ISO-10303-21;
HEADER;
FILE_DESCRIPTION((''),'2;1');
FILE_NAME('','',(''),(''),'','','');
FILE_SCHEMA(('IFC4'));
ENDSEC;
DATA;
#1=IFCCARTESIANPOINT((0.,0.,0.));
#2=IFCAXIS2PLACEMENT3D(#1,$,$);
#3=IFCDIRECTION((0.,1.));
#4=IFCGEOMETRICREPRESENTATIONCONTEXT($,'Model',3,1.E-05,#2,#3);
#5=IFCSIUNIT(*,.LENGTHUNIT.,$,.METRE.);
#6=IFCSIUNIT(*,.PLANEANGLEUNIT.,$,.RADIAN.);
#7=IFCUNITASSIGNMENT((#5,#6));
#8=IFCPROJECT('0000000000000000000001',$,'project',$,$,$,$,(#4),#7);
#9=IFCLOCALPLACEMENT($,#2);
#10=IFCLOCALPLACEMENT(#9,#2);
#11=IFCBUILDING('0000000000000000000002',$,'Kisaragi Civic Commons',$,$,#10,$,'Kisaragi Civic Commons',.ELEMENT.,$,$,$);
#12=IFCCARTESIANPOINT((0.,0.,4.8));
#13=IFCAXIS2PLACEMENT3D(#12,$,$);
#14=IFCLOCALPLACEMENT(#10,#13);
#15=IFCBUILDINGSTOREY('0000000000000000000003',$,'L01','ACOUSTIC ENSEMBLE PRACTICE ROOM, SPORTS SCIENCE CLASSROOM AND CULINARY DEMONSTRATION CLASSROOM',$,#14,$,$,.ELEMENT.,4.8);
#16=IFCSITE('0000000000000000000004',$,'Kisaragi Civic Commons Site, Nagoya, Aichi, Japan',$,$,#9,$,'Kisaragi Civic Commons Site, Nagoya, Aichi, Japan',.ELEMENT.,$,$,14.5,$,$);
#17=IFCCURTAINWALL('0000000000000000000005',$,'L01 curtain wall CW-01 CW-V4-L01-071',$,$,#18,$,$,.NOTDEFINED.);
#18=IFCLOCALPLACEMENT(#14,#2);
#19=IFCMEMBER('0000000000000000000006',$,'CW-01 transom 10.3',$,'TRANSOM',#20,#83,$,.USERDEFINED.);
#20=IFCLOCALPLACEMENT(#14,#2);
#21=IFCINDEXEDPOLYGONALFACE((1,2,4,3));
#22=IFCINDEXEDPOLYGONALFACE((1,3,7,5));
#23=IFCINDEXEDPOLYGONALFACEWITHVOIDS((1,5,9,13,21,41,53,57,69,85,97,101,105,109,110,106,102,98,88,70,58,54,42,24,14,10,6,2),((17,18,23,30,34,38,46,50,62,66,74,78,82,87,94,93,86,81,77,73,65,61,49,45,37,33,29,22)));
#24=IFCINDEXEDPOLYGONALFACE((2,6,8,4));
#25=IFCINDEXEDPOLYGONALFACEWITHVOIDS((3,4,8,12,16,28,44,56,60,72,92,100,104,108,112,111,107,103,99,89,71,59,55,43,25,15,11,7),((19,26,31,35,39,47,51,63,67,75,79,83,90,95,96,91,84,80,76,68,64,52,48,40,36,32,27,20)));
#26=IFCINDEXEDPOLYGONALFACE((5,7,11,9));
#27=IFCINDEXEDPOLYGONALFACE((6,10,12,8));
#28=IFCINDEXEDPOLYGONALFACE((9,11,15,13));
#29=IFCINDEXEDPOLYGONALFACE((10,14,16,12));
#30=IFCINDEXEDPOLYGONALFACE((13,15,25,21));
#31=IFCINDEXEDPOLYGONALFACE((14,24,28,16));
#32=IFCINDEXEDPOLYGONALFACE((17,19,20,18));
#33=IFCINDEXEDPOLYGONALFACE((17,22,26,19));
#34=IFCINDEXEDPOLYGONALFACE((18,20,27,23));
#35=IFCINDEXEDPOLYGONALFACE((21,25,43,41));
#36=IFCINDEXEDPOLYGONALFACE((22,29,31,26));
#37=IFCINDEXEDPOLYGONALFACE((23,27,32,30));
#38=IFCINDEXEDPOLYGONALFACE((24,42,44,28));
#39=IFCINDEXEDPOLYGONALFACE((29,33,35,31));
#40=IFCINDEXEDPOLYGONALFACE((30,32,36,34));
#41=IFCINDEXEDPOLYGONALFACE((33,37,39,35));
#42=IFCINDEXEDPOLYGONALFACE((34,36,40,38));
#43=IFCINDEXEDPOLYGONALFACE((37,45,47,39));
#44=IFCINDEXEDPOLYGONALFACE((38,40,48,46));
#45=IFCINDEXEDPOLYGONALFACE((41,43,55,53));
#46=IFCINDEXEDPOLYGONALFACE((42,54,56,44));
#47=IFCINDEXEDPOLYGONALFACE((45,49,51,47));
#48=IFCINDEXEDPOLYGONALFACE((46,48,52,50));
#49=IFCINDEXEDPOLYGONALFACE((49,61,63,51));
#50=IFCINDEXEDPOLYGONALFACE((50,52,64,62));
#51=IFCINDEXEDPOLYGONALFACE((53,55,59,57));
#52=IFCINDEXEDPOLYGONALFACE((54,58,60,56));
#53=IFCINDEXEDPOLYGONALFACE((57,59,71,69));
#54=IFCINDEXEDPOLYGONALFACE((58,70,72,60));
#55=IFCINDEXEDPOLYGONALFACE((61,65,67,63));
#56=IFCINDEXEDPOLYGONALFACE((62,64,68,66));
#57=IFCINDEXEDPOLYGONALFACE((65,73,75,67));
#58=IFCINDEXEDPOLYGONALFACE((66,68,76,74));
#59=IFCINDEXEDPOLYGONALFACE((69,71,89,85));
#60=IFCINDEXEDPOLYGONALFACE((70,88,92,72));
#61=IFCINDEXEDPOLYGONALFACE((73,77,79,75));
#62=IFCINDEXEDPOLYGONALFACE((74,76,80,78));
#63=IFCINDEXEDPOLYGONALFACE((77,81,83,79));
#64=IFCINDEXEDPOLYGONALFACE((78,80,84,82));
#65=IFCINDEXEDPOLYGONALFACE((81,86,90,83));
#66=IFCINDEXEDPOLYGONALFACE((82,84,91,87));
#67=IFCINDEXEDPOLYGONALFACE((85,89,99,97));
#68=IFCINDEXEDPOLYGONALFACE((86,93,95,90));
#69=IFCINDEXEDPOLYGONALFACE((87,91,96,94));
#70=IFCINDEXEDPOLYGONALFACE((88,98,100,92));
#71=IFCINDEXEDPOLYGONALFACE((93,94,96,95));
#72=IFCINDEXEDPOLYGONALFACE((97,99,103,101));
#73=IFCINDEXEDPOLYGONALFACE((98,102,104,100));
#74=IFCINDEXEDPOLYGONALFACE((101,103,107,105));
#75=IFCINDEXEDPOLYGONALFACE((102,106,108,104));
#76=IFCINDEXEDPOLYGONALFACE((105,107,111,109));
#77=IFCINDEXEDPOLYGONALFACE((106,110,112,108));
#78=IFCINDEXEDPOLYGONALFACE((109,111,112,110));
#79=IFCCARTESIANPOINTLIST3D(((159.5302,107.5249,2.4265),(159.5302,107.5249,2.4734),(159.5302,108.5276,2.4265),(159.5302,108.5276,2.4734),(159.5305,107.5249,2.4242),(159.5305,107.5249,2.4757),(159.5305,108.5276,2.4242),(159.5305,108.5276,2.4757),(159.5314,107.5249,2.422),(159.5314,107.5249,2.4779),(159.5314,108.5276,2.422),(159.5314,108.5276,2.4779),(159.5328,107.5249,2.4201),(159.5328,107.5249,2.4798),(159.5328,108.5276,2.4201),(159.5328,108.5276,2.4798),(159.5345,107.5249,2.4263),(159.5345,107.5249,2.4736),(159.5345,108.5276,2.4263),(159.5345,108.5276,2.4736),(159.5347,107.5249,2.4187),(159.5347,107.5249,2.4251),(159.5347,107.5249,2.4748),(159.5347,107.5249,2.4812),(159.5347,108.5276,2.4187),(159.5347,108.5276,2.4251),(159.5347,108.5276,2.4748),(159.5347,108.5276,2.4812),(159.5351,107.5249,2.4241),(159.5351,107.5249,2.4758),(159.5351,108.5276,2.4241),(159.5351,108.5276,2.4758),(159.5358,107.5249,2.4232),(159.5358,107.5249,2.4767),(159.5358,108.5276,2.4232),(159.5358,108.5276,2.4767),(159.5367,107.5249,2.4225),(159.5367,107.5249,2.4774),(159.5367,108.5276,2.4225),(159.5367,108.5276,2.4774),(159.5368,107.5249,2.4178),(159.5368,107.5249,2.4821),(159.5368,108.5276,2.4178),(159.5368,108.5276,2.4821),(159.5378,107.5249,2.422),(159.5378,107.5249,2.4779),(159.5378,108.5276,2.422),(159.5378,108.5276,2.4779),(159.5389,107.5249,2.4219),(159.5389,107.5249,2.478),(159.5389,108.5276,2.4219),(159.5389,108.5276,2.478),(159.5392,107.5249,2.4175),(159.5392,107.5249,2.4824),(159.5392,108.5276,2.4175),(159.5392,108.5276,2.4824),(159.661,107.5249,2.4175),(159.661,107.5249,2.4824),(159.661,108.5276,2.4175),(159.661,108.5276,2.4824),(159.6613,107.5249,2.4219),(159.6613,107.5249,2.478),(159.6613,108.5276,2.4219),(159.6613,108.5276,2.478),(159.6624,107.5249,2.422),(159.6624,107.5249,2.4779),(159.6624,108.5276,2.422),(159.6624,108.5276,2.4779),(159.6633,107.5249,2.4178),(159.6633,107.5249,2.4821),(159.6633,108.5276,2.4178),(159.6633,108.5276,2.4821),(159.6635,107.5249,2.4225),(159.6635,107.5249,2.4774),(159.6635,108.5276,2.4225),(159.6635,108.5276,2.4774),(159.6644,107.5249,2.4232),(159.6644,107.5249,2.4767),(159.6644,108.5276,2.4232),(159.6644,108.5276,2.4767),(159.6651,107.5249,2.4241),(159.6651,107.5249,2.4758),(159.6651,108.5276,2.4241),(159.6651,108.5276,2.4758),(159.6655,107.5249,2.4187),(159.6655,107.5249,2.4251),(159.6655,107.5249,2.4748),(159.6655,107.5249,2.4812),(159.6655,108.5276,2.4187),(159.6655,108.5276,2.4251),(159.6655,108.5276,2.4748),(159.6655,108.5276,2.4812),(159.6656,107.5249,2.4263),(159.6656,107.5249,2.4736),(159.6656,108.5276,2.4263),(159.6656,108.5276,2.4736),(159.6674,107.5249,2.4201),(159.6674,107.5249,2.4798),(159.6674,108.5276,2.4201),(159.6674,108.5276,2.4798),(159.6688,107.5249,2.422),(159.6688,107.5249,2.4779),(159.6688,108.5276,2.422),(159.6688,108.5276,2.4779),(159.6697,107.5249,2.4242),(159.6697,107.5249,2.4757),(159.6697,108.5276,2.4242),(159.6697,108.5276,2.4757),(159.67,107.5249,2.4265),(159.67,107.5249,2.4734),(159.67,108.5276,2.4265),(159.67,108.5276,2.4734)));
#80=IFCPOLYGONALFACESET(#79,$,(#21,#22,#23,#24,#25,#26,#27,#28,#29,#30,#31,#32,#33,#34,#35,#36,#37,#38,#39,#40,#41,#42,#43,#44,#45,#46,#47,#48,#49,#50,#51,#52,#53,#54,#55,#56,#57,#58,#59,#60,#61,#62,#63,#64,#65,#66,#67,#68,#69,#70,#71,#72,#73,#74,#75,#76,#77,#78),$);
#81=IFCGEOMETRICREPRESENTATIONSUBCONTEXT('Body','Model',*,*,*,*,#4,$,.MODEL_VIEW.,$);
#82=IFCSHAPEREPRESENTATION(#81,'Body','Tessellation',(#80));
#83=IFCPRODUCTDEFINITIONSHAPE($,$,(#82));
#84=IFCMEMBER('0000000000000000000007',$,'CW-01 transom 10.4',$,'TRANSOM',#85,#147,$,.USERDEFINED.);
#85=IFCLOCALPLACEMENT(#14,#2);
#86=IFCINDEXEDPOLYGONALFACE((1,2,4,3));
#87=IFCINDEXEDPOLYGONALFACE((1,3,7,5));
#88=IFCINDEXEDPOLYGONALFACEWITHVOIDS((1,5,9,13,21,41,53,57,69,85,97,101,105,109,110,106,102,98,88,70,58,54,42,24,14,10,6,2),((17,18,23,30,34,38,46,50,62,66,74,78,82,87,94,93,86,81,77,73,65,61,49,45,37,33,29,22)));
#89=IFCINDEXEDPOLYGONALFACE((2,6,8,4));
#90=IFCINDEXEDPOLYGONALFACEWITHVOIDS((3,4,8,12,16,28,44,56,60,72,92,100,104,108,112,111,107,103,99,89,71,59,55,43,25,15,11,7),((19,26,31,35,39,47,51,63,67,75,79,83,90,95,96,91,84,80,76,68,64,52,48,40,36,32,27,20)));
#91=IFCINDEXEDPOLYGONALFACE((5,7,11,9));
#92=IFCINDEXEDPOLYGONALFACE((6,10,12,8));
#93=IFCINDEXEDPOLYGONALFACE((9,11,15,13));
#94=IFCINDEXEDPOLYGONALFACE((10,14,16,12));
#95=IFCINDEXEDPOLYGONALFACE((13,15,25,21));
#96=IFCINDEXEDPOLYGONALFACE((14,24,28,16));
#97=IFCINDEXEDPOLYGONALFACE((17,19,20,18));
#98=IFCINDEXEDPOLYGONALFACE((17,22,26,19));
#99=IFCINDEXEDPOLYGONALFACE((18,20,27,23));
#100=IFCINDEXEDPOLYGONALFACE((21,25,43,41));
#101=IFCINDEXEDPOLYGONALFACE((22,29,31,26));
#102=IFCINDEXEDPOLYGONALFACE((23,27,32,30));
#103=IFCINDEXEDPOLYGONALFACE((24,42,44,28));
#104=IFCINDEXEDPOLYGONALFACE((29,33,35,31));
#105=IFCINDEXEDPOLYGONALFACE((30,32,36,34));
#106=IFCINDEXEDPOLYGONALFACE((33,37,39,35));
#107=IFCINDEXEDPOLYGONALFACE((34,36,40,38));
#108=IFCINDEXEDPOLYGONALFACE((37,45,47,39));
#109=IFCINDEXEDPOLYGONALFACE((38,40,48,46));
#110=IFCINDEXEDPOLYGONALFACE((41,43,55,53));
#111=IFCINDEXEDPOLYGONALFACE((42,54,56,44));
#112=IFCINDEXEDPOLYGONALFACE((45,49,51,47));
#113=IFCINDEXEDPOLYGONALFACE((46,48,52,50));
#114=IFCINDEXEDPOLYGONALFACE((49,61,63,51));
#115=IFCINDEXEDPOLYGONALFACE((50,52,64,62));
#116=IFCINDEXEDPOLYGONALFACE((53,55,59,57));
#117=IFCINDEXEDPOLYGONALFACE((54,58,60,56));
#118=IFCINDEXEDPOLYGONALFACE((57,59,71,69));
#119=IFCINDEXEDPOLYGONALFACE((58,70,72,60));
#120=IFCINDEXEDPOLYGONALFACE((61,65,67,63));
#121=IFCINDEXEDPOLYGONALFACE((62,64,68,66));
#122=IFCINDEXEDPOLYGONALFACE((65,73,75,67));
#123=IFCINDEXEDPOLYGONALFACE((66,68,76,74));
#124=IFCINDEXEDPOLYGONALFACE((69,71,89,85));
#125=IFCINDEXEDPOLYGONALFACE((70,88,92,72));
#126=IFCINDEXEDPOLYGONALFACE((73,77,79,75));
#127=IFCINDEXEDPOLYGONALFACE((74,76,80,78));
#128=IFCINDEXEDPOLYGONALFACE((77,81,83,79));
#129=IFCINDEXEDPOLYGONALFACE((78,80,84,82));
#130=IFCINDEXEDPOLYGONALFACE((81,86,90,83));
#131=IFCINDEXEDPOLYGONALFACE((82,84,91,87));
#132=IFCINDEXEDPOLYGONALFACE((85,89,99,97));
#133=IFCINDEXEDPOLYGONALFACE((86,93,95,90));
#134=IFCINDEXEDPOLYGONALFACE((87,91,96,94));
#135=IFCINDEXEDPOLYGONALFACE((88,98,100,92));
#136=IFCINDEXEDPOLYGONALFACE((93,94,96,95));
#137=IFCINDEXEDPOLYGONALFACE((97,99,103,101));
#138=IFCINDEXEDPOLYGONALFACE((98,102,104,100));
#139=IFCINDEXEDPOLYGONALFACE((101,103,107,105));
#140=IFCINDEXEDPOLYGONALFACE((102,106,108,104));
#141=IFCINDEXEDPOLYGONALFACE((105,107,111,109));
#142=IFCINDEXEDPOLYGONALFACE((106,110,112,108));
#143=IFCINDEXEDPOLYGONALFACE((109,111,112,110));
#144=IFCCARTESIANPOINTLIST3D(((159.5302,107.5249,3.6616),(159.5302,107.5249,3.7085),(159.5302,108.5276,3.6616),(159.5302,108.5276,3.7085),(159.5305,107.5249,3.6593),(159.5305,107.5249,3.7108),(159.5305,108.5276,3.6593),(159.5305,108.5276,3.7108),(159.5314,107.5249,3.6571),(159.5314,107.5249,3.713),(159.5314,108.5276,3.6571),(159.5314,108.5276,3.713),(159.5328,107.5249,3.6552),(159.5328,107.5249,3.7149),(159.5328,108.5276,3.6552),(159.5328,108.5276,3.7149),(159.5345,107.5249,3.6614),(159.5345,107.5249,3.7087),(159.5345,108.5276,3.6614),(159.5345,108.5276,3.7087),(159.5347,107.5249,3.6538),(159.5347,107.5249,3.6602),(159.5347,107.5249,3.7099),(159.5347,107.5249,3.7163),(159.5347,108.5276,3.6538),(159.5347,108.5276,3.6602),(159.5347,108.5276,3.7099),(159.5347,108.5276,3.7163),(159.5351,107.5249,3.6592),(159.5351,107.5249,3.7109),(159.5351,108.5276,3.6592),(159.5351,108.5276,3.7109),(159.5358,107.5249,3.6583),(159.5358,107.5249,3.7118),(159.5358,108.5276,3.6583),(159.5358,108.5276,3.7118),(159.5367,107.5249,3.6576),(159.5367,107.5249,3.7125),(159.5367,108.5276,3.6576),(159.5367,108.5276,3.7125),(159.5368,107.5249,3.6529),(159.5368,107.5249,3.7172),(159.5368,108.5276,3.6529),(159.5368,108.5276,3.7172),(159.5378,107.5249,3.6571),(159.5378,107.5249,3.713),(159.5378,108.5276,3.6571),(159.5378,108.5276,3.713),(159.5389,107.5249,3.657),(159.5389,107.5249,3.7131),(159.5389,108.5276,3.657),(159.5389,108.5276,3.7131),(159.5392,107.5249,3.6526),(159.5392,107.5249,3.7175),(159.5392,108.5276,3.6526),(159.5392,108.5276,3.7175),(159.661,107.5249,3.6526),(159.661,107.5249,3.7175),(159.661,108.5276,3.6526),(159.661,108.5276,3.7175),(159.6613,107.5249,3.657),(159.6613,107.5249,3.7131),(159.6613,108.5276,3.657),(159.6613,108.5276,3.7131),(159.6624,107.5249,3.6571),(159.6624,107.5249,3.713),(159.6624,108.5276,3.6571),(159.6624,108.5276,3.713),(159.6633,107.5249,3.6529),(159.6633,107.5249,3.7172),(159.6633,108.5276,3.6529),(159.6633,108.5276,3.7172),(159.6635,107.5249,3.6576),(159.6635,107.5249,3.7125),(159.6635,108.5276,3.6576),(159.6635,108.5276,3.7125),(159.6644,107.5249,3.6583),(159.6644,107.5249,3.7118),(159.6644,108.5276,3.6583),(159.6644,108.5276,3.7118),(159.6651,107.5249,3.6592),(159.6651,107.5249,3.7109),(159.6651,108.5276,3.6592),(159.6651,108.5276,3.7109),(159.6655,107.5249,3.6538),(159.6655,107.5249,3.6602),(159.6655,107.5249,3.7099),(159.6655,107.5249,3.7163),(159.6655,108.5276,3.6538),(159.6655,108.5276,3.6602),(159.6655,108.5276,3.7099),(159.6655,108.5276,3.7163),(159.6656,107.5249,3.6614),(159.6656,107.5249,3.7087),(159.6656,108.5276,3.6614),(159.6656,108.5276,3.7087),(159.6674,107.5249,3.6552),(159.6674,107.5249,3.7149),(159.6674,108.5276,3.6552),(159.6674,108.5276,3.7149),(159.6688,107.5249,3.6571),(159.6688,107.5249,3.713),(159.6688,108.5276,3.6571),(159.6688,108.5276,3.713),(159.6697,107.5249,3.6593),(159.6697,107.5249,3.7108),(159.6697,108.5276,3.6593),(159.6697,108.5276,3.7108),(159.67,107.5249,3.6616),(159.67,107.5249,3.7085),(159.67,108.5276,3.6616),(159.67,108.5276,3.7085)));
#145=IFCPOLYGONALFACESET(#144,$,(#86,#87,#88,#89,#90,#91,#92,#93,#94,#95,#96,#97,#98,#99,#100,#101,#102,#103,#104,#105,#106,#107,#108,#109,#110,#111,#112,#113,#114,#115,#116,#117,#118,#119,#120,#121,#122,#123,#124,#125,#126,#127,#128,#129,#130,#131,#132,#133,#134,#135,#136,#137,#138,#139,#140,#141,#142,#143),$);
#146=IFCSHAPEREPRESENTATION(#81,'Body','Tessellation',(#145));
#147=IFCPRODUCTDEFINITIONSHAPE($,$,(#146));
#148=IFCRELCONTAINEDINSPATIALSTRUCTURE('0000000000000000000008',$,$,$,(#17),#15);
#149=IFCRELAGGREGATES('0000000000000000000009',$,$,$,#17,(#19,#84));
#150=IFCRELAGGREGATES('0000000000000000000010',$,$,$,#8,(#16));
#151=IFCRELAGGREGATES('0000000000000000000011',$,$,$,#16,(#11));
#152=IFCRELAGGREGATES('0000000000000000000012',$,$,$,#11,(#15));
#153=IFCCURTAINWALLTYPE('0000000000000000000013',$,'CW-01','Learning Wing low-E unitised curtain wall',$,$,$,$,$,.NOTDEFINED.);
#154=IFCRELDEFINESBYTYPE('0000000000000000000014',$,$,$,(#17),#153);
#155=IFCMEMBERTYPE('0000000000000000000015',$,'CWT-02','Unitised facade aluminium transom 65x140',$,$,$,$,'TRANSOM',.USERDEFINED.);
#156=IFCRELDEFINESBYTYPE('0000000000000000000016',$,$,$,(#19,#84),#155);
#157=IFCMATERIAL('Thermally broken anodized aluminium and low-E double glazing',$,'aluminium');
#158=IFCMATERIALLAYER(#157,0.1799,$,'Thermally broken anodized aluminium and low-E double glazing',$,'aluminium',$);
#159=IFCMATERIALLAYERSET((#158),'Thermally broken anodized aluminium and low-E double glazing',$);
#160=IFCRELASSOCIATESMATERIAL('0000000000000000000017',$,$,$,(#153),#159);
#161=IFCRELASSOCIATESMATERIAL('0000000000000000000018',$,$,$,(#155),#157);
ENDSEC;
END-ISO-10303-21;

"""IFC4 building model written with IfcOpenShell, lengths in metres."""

from ifc_helpers import new_model, si_unit, direction, frame, origin, origin_2d, place, context, subcontext, project, spatial, hollow_rectangle, extrude, material, layer, layer_set, material_profile, profile_set, type_object, element, aggregate, save


model = new_model("IFC4")

# Units and contexts
model_context = context("Model", 3, precision=1e-05, world=origin(), true_north=direction((0.0, 1.0)))
body_context = subcontext(model_context, "Body", "Model", "MODEL_VIEW")
ifc_project = project(units=[si_unit("LENGTHUNIT", "METRE"), si_unit("PLANEANGLEUNIT", "RADIAN")], contexts=[model_context])

# Site, building, storey
site_placement = place(None, origin())
site = spatial("IfcSite", under=ifc_project, at=site_placement, Name="Kisaragi Civic Commons Site, Nagoya, Aichi, Japan", LongName="Kisaragi Civic Commons Site, Nagoya, Aichi, Japan", CompositionType="ELEMENT", RefElevation=14.5)
building_placement = place(site_placement, origin())
building = spatial("IfcBuilding", under=site, at=building_placement, Name="Kisaragi Civic Commons", LongName="Kisaragi Civic Commons", CompositionType="ELEMENT")
storey_placement = place(building_placement, frame((0.0, 0.0, 4.8)))
storey = spatial("IfcBuildingStorey", under=building, at=storey_placement, Name="L01", Description="ACOUSTIC ENSEMBLE PRACTICE ROOM, SPORTS SCIENCE CLASSROOM AND CULINARY DEMONSTRATION CLASSROOM", CompositionType="ELEMENT", Elevation=4.8)

# Curtain wall
ifc_material_1 = material(Name="Thermally broken anodized aluminium and low-E double glazing", Category="aluminium")
ifc_layer_1 = layer(ifc_material_1, 0.1799, Name="Thermally broken anodized aluminium and low-E double glazing", Category="aluminium")
ifc_layer_set_1 = layer_set([ifc_layer_1], Name="Thermally broken anodized aluminium and low-E double glazing")
curtain_wall_type = type_object("IfcCurtainWallType", Name="CW-01", Description="Learning Wing low-E unitised curtain wall", PredefinedType="NOTDEFINED", material=ifc_layer_set_1)
curtain_wall_1_placement = place(storey_placement, origin())
curtain_wall_1 = element("IfcCurtainWall", 1, at=curtain_wall_1_placement, inside=storey, type_object=curtain_wall_type, Name="L01 curtain wall CW-01 CW-V4-L01-071", PredefinedType="NOTDEFINED")

# Members
ifc_material_profile_1 = material_profile(ifc_material_1, hollow_rectangle(XDim=0.1399, YDim=0.0649, WallThickness=0.0044, InnerFilletRadius=0.0044, OuterFilletRadius=0.009, at=origin_2d()), Name="CWT-65x140x4.5", Category="aluminium")
ifc_profile_set_1 = profile_set([ifc_material_profile_1], Name="Thermally broken anodized aluminium and low-E double glazing")
member_type_1 = type_object("IfcMemberType", Name="CWT-02", Description="Unitised facade aluminium transom 65x140", ElementType="TRANSOM", PredefinedType="USERDEFINED", material=ifc_profile_set_1)
member_1_placement = place(storey_placement, frame((159.6001, 108.5276, 2.45), z_axis=(0.0, -1.0, 0.0), x_axis=(1.0, 0.0, 0.0)))
member_1 = element("IfcMember", 2, at=member_1_placement, type_object=member_type_1, Name="CW-01 transom 10.3", ObjectType="TRANSOM", PredefinedType="USERDEFINED", context=body_context, shape_type="SweptSolid", body=[
    extrude(hollow_rectangle(XDim=0.1399, YDim=0.0649, WallThickness=0.0044, InnerFilletRadius=0.0044, OuterFilletRadius=0.009, at=origin_2d()), origin(), (0.0, 0.0, 1.0), 1.0027),
])
member_2_placement = place(storey_placement, frame((159.6001, 108.5276, 3.6851), z_axis=(0.0, -1.0, 0.0), x_axis=(1.0, 0.0, 0.0)))
member_2 = element("IfcMember", 3, at=member_2_placement, type_object=member_type_1, Name="CW-01 transom 10.4", ObjectType="TRANSOM", PredefinedType="USERDEFINED", context=body_context, shape_type="SweptSolid", body=[
    extrude(hollow_rectangle(XDim=0.1399, YDim=0.0649, WallThickness=0.0044, InnerFilletRadius=0.0044, OuterFilletRadius=0.009, at=origin_2d()), origin(), (0.0, 0.0, 1.0), 1.0027),
])

aggregate(curtain_wall_1, [member_1, member_2])

save(model, "model.ifc")
